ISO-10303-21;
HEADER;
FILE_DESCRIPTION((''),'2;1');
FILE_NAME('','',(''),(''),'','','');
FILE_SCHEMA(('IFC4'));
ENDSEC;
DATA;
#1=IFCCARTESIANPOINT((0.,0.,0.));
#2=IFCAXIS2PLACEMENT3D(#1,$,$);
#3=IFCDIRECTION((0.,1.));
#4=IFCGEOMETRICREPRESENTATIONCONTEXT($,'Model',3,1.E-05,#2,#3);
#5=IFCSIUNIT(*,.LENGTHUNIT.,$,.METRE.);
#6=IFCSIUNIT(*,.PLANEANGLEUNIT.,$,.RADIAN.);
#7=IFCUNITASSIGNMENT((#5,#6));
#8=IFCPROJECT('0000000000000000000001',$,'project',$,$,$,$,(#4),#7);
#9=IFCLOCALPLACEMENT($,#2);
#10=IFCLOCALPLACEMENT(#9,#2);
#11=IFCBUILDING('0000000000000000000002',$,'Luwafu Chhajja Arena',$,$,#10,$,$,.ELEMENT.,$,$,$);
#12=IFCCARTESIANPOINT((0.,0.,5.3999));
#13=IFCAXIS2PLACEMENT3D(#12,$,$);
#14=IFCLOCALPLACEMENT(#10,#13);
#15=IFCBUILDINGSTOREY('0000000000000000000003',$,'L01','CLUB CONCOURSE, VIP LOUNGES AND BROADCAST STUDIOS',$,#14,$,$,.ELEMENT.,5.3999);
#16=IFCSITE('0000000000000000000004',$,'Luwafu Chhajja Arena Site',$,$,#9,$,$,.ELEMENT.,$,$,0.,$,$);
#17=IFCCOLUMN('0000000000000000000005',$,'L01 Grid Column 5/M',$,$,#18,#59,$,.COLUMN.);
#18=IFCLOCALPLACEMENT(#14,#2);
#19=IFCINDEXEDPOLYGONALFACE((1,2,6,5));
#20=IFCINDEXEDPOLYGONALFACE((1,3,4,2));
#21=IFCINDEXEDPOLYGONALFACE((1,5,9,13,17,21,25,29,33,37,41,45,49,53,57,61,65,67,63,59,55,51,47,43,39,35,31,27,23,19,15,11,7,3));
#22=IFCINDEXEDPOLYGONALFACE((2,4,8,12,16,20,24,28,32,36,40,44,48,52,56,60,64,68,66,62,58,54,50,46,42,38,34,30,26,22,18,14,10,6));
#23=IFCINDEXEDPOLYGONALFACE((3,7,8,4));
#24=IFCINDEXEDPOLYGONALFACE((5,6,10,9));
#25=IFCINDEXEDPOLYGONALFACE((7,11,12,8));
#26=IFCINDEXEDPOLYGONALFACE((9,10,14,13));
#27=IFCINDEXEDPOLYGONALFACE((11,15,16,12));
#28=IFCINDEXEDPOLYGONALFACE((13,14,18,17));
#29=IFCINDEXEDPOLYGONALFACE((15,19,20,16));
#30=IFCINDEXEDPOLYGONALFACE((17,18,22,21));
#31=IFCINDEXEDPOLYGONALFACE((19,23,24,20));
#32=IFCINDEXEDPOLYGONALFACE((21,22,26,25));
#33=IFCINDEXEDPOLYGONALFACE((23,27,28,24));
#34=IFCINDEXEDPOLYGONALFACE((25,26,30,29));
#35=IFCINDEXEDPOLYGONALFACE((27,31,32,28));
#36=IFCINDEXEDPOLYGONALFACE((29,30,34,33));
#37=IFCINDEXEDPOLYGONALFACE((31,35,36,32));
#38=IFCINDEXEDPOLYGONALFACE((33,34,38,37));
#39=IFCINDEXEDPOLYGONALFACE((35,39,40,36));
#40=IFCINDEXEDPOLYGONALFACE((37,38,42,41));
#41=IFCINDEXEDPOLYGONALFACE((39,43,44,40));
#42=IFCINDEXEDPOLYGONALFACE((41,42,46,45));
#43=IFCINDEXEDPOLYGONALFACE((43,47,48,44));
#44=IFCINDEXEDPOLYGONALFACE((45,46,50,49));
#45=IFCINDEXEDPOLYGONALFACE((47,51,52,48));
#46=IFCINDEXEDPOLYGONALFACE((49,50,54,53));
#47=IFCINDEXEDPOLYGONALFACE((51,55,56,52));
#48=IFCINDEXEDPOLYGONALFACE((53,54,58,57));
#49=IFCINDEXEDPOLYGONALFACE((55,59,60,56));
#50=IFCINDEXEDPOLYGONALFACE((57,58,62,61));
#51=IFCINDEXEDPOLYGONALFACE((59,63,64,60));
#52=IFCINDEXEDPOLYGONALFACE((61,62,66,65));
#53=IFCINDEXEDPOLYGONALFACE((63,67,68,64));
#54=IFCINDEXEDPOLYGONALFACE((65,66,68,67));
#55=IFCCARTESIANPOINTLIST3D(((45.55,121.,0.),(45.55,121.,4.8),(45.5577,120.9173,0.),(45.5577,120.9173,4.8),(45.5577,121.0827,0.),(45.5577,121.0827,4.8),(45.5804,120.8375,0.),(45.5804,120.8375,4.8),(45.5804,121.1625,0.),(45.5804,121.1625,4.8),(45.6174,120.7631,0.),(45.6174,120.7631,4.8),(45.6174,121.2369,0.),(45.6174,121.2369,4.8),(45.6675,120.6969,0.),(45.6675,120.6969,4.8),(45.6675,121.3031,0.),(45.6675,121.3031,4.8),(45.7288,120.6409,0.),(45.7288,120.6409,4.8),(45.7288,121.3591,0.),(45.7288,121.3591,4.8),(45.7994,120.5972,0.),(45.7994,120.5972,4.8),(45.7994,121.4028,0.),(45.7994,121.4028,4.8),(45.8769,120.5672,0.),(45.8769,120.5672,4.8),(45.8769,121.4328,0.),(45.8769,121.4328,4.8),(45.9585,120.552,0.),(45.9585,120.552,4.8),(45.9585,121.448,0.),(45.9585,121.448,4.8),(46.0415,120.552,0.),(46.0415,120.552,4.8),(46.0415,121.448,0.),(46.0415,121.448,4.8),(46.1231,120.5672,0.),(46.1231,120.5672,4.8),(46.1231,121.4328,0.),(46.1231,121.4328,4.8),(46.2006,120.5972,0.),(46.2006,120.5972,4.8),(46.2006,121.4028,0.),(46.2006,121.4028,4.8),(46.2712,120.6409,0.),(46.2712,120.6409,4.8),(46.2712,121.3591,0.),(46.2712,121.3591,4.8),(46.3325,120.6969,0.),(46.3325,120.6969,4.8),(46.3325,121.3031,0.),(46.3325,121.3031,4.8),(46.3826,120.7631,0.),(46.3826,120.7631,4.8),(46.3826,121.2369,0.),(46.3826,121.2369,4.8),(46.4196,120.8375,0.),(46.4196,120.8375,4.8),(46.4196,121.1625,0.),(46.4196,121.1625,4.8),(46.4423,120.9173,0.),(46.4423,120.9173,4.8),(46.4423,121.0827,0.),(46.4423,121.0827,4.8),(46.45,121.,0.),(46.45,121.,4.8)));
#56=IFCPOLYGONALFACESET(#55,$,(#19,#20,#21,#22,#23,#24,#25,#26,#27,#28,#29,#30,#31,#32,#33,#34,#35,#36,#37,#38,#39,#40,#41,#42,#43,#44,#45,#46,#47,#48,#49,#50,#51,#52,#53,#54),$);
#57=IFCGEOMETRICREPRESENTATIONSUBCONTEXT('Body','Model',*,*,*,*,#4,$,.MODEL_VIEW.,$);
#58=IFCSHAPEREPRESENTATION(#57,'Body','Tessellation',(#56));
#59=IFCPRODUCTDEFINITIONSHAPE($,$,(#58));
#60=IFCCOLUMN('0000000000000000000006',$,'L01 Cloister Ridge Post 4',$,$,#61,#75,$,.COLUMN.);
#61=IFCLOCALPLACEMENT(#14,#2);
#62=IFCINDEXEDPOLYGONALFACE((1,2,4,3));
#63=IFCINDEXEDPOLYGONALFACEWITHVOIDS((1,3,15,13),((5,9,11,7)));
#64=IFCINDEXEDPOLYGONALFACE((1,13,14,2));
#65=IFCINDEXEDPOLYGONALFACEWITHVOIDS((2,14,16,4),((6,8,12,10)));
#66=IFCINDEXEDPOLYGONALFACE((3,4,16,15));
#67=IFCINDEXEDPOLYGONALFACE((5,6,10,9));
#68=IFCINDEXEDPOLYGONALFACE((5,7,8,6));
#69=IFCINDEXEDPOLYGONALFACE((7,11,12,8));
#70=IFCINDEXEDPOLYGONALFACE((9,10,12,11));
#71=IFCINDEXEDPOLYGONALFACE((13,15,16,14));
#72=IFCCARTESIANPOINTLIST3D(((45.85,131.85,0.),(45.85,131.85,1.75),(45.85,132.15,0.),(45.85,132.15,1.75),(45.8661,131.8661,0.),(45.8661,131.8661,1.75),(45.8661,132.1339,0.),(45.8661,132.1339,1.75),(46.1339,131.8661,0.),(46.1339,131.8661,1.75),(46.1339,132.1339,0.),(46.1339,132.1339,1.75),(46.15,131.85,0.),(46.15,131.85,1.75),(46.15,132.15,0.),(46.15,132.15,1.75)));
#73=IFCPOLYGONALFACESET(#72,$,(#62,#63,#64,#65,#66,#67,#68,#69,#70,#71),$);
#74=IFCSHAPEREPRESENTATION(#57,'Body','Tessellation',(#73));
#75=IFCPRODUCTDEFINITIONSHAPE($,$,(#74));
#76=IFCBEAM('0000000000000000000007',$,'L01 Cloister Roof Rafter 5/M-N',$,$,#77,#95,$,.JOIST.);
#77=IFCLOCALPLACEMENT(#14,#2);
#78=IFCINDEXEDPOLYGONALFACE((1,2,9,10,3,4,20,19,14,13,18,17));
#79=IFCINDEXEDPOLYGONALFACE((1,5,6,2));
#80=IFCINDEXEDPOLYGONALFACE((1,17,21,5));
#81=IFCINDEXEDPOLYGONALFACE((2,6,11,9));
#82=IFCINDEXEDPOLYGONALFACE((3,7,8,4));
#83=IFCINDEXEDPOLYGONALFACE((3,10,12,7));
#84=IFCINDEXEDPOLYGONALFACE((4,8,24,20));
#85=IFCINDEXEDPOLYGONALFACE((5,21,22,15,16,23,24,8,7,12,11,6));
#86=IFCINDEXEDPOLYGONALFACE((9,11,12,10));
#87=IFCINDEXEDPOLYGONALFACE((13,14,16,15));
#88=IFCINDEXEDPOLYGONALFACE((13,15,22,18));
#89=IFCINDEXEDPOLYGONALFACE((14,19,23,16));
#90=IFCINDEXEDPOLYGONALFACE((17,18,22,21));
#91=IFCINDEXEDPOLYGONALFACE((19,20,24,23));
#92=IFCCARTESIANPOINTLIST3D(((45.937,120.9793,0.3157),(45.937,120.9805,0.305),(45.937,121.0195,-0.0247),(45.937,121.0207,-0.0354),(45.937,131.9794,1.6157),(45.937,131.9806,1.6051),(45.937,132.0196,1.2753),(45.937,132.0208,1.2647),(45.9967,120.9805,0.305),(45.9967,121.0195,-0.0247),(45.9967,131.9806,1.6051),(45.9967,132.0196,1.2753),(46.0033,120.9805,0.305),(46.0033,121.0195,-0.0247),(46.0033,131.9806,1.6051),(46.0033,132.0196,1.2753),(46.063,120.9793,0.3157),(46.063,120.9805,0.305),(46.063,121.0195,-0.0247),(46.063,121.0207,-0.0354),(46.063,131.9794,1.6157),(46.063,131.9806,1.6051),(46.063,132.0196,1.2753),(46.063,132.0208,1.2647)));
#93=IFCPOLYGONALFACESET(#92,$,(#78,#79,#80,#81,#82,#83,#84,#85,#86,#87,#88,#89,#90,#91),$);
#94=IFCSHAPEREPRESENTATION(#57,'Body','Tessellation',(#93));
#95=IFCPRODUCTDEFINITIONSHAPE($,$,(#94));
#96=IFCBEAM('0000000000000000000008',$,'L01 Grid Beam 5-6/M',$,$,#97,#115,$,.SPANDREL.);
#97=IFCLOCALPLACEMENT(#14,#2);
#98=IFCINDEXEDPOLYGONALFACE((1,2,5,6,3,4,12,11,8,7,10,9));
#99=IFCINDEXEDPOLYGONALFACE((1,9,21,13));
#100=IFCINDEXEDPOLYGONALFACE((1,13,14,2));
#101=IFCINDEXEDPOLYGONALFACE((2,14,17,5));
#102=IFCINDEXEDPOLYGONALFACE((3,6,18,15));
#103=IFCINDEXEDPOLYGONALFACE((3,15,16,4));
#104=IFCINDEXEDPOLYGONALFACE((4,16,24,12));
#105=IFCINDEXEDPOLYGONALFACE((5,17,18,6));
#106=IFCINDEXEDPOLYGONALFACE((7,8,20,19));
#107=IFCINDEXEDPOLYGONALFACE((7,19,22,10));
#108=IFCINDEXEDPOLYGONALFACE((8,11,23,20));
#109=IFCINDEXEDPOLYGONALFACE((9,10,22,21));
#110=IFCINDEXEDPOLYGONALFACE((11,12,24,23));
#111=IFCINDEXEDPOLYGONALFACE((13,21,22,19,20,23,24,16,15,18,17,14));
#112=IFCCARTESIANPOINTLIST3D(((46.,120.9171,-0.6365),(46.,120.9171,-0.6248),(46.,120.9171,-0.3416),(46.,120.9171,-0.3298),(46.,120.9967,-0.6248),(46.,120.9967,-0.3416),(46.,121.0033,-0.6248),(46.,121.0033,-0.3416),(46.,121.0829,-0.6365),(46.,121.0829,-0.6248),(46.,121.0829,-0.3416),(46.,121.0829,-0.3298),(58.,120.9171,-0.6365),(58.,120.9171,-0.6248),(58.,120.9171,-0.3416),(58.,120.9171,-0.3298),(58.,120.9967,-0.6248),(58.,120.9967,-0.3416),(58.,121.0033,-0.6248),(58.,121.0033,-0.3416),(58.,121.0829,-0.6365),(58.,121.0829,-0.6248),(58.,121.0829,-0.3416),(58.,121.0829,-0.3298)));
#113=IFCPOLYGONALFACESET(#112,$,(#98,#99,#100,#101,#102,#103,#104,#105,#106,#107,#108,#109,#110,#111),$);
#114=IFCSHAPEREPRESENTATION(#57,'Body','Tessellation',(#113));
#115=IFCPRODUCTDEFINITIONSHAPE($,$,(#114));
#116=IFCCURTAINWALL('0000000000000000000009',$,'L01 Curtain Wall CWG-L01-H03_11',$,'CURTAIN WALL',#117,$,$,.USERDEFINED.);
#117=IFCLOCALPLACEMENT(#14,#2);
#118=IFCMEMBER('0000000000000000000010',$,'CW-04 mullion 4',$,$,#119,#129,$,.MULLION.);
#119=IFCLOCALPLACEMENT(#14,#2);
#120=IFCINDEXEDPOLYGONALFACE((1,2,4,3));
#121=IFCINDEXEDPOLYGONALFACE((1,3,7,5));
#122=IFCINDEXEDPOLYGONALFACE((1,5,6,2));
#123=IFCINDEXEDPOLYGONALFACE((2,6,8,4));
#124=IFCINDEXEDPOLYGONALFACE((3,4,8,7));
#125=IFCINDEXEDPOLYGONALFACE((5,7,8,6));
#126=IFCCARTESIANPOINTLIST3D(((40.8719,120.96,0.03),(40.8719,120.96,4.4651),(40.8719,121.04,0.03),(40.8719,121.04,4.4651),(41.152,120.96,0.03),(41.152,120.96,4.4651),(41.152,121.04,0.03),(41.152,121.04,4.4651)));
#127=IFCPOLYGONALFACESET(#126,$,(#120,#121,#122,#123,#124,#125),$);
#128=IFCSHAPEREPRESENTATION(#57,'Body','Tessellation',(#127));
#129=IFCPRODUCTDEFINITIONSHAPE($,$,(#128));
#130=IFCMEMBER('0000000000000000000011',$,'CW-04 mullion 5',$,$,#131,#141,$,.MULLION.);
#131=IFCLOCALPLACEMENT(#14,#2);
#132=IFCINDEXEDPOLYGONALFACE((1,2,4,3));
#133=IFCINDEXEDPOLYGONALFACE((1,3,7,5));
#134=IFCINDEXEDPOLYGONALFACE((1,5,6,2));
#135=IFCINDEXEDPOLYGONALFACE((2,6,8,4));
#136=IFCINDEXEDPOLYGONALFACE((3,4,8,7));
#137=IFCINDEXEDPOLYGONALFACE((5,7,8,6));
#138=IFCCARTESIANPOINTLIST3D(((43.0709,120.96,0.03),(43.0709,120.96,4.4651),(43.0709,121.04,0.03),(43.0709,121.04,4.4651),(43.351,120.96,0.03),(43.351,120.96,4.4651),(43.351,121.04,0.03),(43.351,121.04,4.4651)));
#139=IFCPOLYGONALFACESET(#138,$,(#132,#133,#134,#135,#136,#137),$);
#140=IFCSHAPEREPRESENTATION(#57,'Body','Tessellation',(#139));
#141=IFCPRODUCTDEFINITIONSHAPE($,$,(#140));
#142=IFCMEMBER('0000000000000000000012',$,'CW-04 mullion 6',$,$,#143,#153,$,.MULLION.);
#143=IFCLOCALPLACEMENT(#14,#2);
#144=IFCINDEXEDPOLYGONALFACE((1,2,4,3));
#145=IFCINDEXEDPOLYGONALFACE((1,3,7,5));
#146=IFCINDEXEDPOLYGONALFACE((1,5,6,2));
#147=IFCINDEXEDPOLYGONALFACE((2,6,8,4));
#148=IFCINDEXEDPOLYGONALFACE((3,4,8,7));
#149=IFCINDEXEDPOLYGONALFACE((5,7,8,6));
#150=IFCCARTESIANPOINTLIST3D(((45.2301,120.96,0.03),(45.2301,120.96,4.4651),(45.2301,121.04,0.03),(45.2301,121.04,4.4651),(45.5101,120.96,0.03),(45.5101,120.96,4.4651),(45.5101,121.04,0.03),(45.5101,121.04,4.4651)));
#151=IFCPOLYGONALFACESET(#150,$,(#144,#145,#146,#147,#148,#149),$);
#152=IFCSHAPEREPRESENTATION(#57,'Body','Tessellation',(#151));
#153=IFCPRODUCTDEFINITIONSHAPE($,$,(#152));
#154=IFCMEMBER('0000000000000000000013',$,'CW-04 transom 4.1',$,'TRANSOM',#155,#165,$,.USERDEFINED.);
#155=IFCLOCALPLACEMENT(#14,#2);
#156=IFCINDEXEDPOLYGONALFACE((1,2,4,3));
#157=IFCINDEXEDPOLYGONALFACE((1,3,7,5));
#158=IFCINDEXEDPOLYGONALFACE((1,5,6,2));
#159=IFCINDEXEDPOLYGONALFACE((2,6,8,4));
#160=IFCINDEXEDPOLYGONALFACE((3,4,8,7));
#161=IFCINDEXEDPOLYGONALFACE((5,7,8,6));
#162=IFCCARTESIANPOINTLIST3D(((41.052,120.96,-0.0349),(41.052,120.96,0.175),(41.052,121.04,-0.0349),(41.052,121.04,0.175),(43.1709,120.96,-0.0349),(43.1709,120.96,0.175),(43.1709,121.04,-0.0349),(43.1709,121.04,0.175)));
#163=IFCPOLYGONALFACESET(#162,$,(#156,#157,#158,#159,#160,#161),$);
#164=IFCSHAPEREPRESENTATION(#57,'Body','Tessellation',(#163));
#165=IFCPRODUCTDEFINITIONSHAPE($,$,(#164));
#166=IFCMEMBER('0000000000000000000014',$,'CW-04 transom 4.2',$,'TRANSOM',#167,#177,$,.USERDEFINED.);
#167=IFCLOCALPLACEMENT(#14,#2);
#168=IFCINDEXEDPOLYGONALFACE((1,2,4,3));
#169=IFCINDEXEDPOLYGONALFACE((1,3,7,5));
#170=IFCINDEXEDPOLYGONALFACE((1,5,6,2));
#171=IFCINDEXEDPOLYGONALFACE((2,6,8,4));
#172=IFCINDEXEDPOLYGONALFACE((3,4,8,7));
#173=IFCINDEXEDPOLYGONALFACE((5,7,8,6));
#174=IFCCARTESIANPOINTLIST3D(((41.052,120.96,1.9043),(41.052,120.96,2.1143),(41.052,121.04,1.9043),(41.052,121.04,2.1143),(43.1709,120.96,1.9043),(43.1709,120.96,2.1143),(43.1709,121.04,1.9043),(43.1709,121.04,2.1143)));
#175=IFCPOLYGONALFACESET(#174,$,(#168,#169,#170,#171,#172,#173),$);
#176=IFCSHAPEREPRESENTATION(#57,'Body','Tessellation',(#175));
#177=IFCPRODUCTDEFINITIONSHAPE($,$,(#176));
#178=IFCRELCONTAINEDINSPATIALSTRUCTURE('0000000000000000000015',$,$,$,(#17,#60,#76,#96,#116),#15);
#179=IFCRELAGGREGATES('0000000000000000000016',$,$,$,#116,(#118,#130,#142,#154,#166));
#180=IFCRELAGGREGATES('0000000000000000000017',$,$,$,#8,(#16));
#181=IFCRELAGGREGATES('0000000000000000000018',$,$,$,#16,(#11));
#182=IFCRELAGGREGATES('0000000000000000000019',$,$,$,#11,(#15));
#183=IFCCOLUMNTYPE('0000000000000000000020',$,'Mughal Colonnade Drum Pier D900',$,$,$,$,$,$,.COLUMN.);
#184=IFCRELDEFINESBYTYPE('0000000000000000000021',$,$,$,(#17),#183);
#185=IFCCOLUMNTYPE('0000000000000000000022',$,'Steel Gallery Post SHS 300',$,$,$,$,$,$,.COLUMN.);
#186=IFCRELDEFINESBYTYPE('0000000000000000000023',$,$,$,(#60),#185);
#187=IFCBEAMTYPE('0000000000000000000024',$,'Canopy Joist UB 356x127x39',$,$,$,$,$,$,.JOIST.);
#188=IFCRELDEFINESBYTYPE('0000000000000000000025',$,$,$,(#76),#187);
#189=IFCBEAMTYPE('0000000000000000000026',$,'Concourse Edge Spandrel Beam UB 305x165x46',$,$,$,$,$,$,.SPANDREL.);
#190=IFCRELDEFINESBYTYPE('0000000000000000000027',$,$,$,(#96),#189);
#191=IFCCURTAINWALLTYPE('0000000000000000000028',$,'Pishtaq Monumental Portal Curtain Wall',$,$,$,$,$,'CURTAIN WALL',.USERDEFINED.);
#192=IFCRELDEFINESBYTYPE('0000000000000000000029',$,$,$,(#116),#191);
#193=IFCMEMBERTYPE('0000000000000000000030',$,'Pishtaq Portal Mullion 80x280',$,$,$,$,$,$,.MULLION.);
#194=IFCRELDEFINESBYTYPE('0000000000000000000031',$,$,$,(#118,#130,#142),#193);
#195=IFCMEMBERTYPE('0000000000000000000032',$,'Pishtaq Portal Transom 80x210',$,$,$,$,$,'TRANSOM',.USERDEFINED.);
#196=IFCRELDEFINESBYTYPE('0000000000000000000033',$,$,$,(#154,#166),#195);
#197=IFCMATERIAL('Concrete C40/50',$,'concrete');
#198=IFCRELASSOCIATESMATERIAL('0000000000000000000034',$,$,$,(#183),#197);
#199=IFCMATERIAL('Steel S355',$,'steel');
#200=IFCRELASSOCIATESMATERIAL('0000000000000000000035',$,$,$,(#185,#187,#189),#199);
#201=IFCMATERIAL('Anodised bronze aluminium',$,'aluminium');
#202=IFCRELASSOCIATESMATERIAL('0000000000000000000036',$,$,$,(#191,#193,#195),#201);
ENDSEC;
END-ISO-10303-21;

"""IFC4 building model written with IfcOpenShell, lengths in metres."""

from ifc_helpers import new_model, si_unit, direction, frame, origin, origin_2d, place, context, subcontext, project, spatial, rectangle, hollow_rectangle, circle, i_section, extrude, material, material_profile, profile_set, type_object, element, aggregate, save


model = new_model("IFC4")

# Units and contexts
model_context = context("Model", 3, precision=1e-05, world=origin(), true_north=direction((0.0, 1.0)))
body_context = subcontext(model_context, "Body", "Model", "MODEL_VIEW")
ifc_project = project(units=[si_unit("LENGTHUNIT", "METRE"), si_unit("PLANEANGLEUNIT", "RADIAN")], contexts=[model_context])

# Site, building, storey
site_placement = place(None, origin())
site = spatial("IfcSite", under=ifc_project, at=site_placement, Name="Luwafu Chhajja Arena Site", CompositionType="ELEMENT", RefElevation=0.0)
building_placement = place(site_placement, origin())
building = spatial("IfcBuilding", under=site, at=building_placement, Name="Luwafu Chhajja Arena", CompositionType="ELEMENT")
storey_placement = place(building_placement, frame((0.0, 0.0, 5.3999)))
storey = spatial("IfcBuildingStorey", under=building, at=storey_placement, Name="L01", Description="CLUB CONCOURSE, VIP LOUNGES AND BROADCAST STUDIOS", CompositionType="ELEMENT", Elevation=5.3999)

# Columns
ifc_material_1 = material(Name="Concrete C40/50", Category="concrete")
ifc_material_profile_1 = material_profile(ifc_material_1, circle(Radius=0.45, at=origin_2d()), Name="RC COL D900")
ifc_profile_set_1 = profile_set([ifc_material_profile_1], Name="Concrete C40/50")
column_type_1 = type_object("IfcColumnType", Name="Mughal Colonnade Drum Pier D900", PredefinedType="COLUMN", material=ifc_profile_set_1)
column_1_placement = place(storey_placement, frame((46.0, 121.0, 0.0), z_axis=(0.0, 0.0, 1.0), x_axis=(1.0, 0.0, 0.0)))
element("IfcColumn", 1, at=column_1_placement, inside=storey, type_object=column_type_1, Name="L01 Grid Column 5/M", PredefinedType="COLUMN", context=body_context, shape_type="SweptSolid", body=[
    extrude(circle(Radius=0.45, at=origin_2d()), origin(), (0.0, 0.0, 1.0), 4.8),
])
ifc_material_2 = material(Name="Steel S355", Category="steel")
ifc_material_profile_2 = material_profile(ifc_material_2, hollow_rectangle(XDim=0.3, YDim=0.3, WallThickness=0.0161, at=origin_2d()), Name="SHS 300x300x16")
ifc_profile_set_2 = profile_set([ifc_material_profile_2], Name="Steel S355")
column_type_2 = type_object("IfcColumnType", Name="Steel Gallery Post SHS 300", PredefinedType="COLUMN", material=ifc_profile_set_2)
column_2_placement = place(storey_placement, frame((46.0, 132.0, 0.0), z_axis=(0.0, 0.0, 1.0), x_axis=(1.0, 0.0, 0.0)))
element("IfcColumn", 2, at=column_2_placement, inside=storey, type_object=column_type_2, Name="L01 Cloister Ridge Post 4", PredefinedType="COLUMN", context=body_context, shape_type="SweptSolid", body=[
    extrude(hollow_rectangle(XDim=0.3, YDim=0.3, WallThickness=0.0161, at=origin_2d()), origin(), (0.0, 0.0, 1.0), 1.75),
])

# Beams
ifc_material_profile_3 = material_profile(ifc_material_2, i_section(OverallWidth=0.126, OverallDepth=0.3535, WebThickness=0.0066, FlangeThickness=0.0107, at=origin_2d()), Name="UB 356x127x39")
ifc_profile_set_3 = profile_set([ifc_material_profile_3], Name="Steel S355")
beam_type_1 = type_object("IfcBeamType", Name="Canopy Joist UB 356x127x39", PredefinedType="JOIST", material=ifc_profile_set_3)
beam_1_placement = place(storey_placement, frame((46.0, 121.0, 0.1401), z_axis=(0.0, 0.993088, 0.117369), x_axis=(-1.0, 0.0, 0.0)))
element("IfcBeam", 3, at=beam_1_placement, inside=storey, type_object=beam_type_1, Name="L01 Cloister Roof Rafter 5/M-N", PredefinedType="JOIST", context=body_context, shape_type="SweptSolid", body=[
    extrude(i_section(OverallWidth=0.126, OverallDepth=0.3535, WebThickness=0.0066, FlangeThickness=0.0107, at=origin_2d()), origin(), (0.0, 0.0, 1.0), 11.0767),
])
ifc_material_profile_4 = material_profile(ifc_material_2, i_section(OverallWidth=0.1658, OverallDepth=0.3066, WebThickness=0.0066, FlangeThickness=0.0117, at=origin_2d()), Name="UB 305x165x46")
ifc_profile_set_4 = profile_set([ifc_material_profile_4], Name="Steel S355")
beam_type_2 = type_object("IfcBeamType", Name="Concourse Edge Spandrel Beam UB 305x165x46", PredefinedType="SPANDREL", material=ifc_profile_set_4)
beam_2_placement = place(storey_placement, frame((46.0, 121.0, -0.4832), z_axis=(1.0, 0.0, 0.0), x_axis=(0.0, 1.0, 0.0)))
element("IfcBeam", 4, at=beam_2_placement, inside=storey, type_object=beam_type_2, Name="L01 Grid Beam 5-6/M", PredefinedType="SPANDREL", context=body_context, shape_type="SweptSolid", body=[
    extrude(i_section(OverallWidth=0.1658, OverallDepth=0.3066, WebThickness=0.0066, FlangeThickness=0.0117, at=origin_2d()), origin(), (0.0, 0.0, 1.0), 12.0),
])

# Curtain wall, members
ifc_material_3 = material(Name="Anodised bronze aluminium", Category="aluminium")
curtain_wall_type = type_object("IfcCurtainWallType", Name="Pishtaq Monumental Portal Curtain Wall", ElementType="CURTAIN WALL", PredefinedType="USERDEFINED", material=ifc_material_3)
curtain_wall_placement = place(storey_placement, origin())
curtain_wall = element("IfcCurtainWall", 5, at=curtain_wall_placement, inside=storey, type_object=curtain_wall_type, Name="L01 Curtain Wall CWG-L01-H03_11", ObjectType="CURTAIN WALL", PredefinedType="USERDEFINED")
ifc_material_profile_5 = material_profile(ifc_material_3, rectangle(XDim=0.0801, YDim=0.28, at=origin_2d()), Name="CWM 80x280")
ifc_profile_set_5 = profile_set([ifc_material_profile_5], Name="Anodised bronze aluminium")
member_type_1 = type_object("IfcMemberType", Name="Pishtaq Portal Mullion 80x280", PredefinedType="MULLION", material=ifc_profile_set_5)
member_1_placement = place(storey_placement, frame((41.012, 121.0, 0.03), z_axis=(0.0, 0.0, 1.0), x_axis=(0.0, 1.0, 0.0)))
member_1 = element("IfcMember", 6, at=member_1_placement, type_object=member_type_1, Name="CW-04 mullion 4", PredefinedType="MULLION", context=body_context, shape_type="SweptSolid", body=[
    extrude(rectangle(XDim=0.0801, YDim=0.28, at=origin_2d()), origin(), (0.0, 0.0, 1.0), 4.4351),
])
member_2_placement = place(storey_placement, frame((43.2109, 121.0, 0.03), z_axis=(0.0, 0.0, 1.0), x_axis=(0.0, 1.0, 0.0)))
member_2 = element("IfcMember", 7, at=member_2_placement, type_object=member_type_1, Name="CW-04 mullion 5", PredefinedType="MULLION", context=body_context, shape_type="SweptSolid", body=[
    extrude(rectangle(XDim=0.0801, YDim=0.28, at=origin_2d()), origin(), (0.0, 0.0, 1.0), 4.4351),
])
member_3_placement = place(storey_placement, frame((45.3701, 121.0, 0.03), z_axis=(0.0, 0.0, 1.0), x_axis=(0.0, 1.0, 0.0)))
member_3 = element("IfcMember", 8, at=member_3_placement, type_object=member_type_1, Name="CW-04 mullion 6", PredefinedType="MULLION", context=body_context, shape_type="SweptSolid", body=[
    extrude(rectangle(XDim=0.0801, YDim=0.28, at=origin_2d()), origin(), (0.0, 0.0, 1.0), 4.4351),
])
ifc_material_profile_6 = material_profile(ifc_material_3, rectangle(XDim=0.0801, YDim=0.21, at=origin_2d()), Name="CWT 80x210")
ifc_profile_set_6 = profile_set([ifc_material_profile_6], Name="Anodised bronze aluminium")
member_type_2 = type_object("IfcMemberType", Name="Pishtaq Portal Transom 80x210", ElementType="TRANSOM", PredefinedType="USERDEFINED", material=ifc_profile_set_6)
member_4_placement = place(storey_placement, frame((41.052, 121.0, 0.0701), z_axis=(1.0, 0.0, 0.0), x_axis=(0.0, 1.0, 0.0)))
member_4 = element("IfcMember", 9, at=member_4_placement, type_object=member_type_2, Name="CW-04 transom 4.1", ObjectType="TRANSOM", PredefinedType="USERDEFINED", context=body_context, shape_type="SweptSolid", body=[
    extrude(rectangle(XDim=0.0801, YDim=0.21, at=origin_2d()), origin(), (0.0, 0.0, 1.0), 2.1189),
])
member_5_placement = place(storey_placement, frame((41.052, 121.0, 2.0093), z_axis=(1.0, 0.0, 0.0), x_axis=(0.0, 1.0, 0.0)))
member_5 = element("IfcMember", 10, at=member_5_placement, type_object=member_type_2, Name="CW-04 transom 4.2", ObjectType="TRANSOM", PredefinedType="USERDEFINED", context=body_context, shape_type="SweptSolid", body=[
    extrude(rectangle(XDim=0.0801, YDim=0.21, at=origin_2d()), origin(), (0.0, 0.0, 1.0), 2.1189),
])

aggregate(curtain_wall, [member_1, member_2, member_3, member_4, member_5])

save(model, "model.ifc")
